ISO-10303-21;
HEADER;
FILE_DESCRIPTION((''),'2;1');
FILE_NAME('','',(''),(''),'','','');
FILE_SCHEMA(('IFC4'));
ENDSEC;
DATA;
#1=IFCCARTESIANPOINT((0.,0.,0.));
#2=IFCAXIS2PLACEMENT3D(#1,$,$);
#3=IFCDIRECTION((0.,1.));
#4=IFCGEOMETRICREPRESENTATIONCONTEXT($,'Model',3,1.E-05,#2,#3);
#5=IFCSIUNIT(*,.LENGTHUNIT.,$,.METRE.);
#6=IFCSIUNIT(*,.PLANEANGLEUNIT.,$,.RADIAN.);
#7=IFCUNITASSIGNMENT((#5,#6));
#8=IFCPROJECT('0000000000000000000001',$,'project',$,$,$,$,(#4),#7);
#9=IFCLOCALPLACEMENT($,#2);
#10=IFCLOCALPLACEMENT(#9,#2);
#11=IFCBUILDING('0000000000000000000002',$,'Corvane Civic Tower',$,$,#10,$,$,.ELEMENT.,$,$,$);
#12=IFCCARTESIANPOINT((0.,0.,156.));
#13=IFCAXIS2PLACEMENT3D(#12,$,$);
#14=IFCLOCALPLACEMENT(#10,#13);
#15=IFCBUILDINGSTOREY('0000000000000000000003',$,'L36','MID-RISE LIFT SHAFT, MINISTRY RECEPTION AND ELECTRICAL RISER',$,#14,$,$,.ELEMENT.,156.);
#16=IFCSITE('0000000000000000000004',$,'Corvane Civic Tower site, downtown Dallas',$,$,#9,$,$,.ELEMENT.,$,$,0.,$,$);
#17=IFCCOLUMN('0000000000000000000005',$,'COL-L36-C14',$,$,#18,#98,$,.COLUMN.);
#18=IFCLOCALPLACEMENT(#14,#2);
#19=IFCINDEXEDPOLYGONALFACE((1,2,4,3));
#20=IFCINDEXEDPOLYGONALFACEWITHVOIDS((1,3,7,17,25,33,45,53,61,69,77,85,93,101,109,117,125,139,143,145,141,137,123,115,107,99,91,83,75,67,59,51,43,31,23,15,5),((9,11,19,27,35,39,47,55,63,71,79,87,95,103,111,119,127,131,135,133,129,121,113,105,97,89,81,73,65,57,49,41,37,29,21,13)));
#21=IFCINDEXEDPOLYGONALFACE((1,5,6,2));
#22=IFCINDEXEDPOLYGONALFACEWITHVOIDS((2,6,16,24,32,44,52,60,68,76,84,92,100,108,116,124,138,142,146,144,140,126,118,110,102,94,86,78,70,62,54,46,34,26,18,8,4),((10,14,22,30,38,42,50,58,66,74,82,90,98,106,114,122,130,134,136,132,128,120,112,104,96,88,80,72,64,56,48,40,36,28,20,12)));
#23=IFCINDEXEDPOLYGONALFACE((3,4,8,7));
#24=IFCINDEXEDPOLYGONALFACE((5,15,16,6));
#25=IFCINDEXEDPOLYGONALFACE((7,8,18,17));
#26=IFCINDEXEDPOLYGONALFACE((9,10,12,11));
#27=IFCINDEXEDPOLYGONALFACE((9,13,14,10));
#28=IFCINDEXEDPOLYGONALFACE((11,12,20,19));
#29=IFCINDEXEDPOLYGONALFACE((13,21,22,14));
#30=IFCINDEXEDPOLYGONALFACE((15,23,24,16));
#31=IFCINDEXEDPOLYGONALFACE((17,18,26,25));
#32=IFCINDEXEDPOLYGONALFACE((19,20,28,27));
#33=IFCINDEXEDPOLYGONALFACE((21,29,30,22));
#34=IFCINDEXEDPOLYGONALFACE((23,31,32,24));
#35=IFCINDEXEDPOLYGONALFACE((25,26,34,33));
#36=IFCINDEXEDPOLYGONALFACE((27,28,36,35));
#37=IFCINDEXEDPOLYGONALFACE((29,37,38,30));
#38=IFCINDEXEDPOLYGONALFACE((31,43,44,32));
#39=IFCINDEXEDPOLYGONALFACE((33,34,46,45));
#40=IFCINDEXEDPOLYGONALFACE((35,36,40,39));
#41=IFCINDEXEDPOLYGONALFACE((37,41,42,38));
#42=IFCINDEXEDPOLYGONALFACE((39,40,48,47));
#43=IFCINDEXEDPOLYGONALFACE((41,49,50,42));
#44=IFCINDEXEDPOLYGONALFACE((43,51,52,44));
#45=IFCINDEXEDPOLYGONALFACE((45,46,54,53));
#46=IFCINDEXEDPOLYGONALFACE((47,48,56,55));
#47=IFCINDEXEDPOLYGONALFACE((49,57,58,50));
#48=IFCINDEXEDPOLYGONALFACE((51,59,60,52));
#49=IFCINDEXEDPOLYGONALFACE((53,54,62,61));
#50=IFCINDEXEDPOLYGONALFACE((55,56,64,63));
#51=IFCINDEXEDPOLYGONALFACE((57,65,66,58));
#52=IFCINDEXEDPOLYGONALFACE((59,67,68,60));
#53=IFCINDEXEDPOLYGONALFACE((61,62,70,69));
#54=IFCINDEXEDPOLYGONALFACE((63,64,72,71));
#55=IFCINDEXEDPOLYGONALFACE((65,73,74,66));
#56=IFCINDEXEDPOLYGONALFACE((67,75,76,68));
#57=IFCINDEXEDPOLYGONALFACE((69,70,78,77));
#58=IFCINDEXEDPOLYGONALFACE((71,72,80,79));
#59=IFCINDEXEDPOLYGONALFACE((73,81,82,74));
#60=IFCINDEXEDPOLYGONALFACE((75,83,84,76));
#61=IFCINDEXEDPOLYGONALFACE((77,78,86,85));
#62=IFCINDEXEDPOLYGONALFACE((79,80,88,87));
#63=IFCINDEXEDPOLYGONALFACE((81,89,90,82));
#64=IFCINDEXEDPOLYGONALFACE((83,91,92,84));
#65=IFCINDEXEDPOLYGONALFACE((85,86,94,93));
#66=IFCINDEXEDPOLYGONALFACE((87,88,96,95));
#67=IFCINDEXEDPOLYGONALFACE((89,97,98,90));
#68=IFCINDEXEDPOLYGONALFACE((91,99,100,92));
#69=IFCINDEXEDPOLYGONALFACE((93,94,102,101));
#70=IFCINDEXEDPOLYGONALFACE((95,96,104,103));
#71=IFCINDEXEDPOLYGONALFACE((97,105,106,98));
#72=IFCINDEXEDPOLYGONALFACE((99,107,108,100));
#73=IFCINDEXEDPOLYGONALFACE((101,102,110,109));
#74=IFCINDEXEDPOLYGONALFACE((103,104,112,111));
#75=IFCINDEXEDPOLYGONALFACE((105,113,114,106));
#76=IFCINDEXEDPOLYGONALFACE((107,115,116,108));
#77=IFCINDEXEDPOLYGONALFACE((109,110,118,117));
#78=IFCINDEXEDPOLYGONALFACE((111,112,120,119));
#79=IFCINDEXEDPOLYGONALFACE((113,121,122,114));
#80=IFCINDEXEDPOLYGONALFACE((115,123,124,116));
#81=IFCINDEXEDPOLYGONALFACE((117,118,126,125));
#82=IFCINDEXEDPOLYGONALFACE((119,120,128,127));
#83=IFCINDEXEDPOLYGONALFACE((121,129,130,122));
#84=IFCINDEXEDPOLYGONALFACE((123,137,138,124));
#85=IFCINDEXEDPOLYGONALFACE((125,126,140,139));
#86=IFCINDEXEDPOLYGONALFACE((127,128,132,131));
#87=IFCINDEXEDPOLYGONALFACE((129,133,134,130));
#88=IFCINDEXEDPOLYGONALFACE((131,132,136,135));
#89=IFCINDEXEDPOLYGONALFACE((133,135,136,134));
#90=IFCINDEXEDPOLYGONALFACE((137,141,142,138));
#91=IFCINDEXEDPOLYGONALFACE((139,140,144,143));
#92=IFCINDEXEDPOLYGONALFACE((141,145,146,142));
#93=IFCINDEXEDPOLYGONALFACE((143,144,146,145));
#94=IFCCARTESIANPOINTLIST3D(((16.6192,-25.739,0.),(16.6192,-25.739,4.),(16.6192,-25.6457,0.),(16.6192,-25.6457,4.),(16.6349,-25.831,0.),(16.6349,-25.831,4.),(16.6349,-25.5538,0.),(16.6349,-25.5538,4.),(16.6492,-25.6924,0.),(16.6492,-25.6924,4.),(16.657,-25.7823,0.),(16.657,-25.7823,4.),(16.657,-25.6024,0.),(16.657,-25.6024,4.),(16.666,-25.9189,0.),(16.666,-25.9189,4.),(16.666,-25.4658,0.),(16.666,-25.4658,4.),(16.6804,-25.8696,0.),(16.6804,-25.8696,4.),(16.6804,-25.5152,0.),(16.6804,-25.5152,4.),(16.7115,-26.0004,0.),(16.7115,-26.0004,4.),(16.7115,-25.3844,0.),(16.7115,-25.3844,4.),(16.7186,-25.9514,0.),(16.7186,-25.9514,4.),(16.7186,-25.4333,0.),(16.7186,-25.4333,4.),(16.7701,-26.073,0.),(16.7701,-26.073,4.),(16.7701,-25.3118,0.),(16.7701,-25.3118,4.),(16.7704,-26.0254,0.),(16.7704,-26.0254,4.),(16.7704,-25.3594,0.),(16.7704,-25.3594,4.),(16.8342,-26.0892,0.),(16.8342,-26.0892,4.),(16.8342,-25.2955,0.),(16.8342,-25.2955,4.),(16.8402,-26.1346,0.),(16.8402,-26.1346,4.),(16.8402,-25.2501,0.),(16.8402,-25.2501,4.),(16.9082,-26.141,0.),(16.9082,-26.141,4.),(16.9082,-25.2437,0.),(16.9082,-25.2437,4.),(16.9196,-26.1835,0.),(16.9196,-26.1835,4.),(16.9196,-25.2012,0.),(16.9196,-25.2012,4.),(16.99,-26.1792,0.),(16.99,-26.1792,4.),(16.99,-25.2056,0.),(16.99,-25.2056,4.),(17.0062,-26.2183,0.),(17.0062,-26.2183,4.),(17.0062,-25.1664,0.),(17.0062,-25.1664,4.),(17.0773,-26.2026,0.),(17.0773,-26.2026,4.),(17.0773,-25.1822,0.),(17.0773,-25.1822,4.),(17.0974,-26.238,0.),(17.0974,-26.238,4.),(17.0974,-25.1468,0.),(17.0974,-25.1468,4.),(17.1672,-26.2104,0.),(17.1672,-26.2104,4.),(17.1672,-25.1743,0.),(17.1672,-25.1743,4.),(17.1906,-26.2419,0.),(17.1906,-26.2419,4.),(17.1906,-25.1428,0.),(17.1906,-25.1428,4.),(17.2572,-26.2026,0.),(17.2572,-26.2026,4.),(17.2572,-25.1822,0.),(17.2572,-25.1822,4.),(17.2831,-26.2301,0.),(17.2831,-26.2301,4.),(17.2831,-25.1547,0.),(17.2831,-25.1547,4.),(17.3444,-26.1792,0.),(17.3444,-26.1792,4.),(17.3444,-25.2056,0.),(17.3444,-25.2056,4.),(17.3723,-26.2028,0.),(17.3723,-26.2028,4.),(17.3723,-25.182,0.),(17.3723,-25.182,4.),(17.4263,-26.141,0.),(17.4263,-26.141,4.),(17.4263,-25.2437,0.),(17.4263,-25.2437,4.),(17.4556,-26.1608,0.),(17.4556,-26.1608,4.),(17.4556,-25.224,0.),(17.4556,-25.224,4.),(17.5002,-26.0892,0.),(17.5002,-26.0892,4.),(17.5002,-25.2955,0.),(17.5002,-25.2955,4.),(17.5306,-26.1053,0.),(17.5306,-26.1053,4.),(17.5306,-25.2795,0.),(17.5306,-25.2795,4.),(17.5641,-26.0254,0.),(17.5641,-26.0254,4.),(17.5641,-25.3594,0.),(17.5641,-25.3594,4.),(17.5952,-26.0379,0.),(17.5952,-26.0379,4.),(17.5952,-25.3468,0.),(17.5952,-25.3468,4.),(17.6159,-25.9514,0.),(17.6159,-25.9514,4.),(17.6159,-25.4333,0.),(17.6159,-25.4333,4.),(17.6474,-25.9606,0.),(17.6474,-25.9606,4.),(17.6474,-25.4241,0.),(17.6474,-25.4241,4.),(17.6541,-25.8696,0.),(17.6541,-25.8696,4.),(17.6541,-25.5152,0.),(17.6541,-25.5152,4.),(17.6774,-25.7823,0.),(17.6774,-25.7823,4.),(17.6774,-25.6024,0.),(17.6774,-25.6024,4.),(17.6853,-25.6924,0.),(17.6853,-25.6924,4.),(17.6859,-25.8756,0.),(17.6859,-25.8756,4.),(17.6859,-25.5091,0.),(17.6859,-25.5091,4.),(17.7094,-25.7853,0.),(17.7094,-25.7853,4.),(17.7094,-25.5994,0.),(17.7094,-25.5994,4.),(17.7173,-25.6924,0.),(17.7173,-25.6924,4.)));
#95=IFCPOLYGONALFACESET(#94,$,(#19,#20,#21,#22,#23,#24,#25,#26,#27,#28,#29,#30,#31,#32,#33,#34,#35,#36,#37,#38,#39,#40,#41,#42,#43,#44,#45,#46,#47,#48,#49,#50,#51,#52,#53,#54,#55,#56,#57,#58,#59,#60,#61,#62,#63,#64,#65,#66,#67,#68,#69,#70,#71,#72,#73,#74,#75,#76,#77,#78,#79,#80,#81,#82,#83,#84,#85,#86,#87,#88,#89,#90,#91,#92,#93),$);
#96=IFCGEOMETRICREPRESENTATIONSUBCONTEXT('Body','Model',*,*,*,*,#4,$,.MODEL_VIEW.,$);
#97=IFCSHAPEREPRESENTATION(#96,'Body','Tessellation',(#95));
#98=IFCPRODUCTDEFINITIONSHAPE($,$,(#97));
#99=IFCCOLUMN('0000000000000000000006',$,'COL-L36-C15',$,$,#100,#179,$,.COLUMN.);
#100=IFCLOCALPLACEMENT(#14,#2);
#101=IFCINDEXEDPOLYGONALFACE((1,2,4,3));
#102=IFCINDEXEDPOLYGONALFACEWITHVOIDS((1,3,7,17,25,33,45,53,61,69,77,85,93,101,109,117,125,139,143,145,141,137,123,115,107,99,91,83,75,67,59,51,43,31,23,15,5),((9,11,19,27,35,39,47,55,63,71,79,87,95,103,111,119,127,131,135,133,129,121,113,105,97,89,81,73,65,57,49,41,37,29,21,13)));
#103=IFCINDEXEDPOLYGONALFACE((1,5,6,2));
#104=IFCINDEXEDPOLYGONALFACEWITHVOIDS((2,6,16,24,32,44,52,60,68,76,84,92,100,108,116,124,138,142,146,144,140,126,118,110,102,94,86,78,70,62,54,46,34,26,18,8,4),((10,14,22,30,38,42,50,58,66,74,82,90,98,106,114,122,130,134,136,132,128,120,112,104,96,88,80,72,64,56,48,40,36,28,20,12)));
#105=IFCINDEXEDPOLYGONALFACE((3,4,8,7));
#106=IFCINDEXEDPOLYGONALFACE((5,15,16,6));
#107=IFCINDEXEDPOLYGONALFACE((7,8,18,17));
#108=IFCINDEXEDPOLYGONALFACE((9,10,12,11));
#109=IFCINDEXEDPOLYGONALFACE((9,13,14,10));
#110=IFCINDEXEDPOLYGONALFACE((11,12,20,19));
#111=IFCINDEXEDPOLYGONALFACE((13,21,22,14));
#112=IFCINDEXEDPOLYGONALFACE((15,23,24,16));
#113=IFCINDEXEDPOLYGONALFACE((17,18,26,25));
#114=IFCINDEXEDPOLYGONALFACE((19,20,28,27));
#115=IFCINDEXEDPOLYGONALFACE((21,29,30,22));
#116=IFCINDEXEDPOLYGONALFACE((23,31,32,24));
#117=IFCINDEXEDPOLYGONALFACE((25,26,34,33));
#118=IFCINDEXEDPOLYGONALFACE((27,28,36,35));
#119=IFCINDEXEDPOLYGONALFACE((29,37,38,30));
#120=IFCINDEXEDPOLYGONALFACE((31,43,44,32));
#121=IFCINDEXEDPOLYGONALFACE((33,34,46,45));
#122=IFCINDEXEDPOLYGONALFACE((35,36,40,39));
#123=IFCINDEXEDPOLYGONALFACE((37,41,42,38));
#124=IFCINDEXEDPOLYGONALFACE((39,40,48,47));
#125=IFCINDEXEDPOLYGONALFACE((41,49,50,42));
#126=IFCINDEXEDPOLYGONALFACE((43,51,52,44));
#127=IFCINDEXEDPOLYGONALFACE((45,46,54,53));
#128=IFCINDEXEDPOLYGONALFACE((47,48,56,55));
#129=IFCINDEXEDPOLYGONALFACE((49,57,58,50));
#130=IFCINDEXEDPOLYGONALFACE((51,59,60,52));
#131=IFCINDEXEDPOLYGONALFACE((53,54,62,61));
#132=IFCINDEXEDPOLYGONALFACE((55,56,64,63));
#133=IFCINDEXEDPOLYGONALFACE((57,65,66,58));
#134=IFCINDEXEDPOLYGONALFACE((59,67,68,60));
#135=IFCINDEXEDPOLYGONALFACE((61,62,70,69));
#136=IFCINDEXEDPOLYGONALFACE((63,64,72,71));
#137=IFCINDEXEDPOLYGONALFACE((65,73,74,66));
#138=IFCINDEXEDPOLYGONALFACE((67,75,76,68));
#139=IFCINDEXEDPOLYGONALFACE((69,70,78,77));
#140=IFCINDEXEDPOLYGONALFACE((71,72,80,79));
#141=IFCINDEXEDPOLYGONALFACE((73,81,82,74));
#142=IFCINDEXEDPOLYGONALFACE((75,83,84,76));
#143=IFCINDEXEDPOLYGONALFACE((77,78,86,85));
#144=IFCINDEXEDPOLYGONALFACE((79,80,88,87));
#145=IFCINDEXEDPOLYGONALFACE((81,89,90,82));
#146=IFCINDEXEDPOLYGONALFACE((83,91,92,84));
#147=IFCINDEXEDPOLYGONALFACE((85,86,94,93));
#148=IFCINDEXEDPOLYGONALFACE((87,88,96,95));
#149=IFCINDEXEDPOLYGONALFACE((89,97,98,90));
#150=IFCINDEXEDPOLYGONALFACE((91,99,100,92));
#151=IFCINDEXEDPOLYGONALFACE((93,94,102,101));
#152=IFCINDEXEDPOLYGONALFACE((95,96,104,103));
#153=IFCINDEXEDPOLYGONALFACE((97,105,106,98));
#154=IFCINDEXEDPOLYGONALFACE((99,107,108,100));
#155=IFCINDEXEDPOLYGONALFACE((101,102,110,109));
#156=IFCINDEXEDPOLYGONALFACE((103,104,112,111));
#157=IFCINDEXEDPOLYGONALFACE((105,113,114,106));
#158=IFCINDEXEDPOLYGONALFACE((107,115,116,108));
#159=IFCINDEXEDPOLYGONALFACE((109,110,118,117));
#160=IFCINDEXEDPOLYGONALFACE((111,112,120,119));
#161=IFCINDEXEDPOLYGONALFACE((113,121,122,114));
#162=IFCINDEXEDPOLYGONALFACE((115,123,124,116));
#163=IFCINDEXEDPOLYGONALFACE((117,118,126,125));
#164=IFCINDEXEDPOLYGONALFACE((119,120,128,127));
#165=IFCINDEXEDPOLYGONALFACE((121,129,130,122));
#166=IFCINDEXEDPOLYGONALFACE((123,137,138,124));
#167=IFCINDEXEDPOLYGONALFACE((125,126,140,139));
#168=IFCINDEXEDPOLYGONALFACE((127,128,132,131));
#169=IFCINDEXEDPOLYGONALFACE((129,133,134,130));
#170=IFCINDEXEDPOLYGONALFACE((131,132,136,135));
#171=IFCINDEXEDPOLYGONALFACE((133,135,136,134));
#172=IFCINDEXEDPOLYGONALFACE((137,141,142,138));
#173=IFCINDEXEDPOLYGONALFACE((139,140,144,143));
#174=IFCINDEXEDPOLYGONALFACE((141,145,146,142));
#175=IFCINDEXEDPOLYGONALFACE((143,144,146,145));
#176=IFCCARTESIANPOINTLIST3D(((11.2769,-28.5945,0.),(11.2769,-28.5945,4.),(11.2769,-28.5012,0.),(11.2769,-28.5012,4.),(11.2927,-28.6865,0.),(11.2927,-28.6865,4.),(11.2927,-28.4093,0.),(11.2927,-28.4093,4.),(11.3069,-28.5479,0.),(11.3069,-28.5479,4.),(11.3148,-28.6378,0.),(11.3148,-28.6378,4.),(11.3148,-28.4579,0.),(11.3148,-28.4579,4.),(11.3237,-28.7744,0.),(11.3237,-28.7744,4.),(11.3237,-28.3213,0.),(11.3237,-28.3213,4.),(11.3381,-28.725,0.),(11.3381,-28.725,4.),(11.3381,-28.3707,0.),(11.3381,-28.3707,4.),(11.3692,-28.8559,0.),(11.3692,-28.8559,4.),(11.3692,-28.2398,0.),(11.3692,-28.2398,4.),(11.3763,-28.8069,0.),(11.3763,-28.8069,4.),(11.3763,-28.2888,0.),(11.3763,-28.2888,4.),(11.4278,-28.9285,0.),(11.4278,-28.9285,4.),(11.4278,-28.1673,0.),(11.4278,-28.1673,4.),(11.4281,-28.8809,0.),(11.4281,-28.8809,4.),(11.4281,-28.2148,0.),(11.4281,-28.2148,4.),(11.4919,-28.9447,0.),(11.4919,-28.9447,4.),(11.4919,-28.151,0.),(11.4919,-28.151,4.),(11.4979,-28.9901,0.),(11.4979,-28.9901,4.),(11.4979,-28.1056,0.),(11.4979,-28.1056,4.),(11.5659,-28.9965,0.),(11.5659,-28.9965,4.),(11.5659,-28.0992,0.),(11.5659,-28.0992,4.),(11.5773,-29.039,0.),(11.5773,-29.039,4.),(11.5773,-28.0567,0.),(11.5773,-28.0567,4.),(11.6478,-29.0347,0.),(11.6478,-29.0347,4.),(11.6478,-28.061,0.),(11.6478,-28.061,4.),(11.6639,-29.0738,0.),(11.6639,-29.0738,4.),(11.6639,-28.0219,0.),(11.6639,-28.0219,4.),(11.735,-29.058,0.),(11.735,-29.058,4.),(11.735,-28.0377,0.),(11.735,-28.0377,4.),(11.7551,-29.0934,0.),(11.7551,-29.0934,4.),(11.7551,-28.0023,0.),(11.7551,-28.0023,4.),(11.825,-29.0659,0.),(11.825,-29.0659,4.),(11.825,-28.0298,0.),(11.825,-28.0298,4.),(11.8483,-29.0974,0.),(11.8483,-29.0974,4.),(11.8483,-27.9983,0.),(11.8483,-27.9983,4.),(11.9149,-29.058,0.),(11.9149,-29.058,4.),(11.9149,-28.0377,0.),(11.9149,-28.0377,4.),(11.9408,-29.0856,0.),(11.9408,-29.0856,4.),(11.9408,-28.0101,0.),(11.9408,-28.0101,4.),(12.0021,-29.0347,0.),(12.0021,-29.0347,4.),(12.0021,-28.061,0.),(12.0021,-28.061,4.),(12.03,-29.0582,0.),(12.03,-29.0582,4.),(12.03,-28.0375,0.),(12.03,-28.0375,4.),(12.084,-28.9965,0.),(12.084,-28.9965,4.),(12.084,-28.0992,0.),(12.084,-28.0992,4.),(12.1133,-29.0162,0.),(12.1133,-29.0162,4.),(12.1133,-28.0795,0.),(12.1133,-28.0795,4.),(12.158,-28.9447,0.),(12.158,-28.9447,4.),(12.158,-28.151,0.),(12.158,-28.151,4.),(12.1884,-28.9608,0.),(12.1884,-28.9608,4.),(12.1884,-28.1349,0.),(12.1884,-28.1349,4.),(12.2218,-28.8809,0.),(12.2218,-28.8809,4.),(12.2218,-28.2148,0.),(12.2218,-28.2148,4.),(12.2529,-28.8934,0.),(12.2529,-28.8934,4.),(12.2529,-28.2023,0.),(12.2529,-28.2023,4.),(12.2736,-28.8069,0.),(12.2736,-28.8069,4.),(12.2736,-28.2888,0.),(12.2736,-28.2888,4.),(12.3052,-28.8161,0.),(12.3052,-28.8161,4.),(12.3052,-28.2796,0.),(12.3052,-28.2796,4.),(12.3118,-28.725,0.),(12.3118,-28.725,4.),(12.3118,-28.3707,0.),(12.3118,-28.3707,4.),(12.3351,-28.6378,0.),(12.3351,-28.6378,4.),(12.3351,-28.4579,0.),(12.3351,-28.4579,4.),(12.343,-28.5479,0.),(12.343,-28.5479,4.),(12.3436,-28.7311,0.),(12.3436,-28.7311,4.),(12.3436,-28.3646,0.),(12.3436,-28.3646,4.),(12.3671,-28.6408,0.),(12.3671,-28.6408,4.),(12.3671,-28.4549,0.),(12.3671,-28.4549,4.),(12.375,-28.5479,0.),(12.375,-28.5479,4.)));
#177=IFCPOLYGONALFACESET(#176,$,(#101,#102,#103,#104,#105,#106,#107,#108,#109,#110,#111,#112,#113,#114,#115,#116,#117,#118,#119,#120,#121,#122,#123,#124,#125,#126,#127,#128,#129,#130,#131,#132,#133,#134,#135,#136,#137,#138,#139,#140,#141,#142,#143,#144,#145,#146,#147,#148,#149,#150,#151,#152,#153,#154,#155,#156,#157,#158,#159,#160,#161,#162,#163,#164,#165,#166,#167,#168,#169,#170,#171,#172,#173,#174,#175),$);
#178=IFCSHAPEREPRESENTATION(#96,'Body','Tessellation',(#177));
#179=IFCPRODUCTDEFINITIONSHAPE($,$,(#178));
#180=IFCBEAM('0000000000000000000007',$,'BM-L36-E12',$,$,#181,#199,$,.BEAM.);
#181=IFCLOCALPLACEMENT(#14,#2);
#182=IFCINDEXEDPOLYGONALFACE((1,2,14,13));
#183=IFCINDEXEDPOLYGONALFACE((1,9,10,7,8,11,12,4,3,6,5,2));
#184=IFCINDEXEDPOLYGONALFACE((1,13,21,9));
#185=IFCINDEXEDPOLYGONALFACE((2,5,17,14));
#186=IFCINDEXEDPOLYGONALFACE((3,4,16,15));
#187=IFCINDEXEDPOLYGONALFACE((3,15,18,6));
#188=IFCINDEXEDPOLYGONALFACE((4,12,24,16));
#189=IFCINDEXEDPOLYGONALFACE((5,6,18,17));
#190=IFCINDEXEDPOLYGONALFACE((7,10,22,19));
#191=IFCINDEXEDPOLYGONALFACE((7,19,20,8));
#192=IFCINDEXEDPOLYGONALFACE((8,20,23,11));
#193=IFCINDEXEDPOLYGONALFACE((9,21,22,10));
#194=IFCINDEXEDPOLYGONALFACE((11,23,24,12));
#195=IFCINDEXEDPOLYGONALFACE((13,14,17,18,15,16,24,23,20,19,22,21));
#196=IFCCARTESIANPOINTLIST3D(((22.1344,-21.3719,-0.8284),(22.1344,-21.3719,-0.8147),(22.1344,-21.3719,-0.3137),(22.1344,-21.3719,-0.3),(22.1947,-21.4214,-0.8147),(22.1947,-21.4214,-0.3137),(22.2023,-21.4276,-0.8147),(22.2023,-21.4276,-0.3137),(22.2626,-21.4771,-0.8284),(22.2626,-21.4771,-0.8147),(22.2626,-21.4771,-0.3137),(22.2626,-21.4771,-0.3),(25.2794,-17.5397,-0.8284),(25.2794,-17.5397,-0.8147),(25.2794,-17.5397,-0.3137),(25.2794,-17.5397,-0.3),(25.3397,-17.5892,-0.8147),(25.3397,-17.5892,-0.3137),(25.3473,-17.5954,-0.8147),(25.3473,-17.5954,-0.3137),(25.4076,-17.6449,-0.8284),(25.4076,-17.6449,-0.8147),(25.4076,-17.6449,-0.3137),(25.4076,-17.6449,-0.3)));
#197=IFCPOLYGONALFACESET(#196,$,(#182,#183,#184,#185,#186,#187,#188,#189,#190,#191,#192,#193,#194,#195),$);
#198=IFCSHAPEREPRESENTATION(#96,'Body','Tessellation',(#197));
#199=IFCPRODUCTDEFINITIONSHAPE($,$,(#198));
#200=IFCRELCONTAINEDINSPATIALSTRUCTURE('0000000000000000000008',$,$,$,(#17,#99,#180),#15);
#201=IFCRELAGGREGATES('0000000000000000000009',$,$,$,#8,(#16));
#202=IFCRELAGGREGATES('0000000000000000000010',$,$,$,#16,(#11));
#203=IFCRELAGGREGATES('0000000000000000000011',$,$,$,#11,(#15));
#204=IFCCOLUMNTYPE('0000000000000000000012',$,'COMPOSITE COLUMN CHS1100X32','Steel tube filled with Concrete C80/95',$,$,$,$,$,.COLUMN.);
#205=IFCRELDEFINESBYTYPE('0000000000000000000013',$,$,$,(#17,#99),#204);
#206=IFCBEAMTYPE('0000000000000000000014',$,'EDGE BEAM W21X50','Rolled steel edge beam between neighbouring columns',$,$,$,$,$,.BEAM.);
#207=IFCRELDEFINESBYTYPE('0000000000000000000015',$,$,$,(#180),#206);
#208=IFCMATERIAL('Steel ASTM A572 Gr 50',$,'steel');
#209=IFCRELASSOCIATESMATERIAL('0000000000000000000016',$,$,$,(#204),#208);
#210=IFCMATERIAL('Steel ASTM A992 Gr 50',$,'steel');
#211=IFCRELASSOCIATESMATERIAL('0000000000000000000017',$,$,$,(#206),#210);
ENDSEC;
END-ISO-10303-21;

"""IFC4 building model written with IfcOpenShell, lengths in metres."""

from ifc_helpers import new_model, si_unit, direction, frame, origin, origin_2d, place, context, subcontext, project, spatial, hollow_circle, i_section, extrude, material, material_profile, profile_set, type_object, element, save


model = new_model("IFC4")

# Units and contexts
model_context = context("Model", 3, precision=1e-05, world=origin(), true_north=direction((0.0, 1.0)))
body_context = subcontext(model_context, "Body", "Model", "MODEL_VIEW")
ifc_project = project(units=[si_unit("LENGTHUNIT", "METRE"), si_unit("PLANEANGLEUNIT", "RADIAN")], contexts=[model_context])

# Site, building, storey
site_placement = place(None, origin())
site = spatial("IfcSite", under=ifc_project, at=site_placement, Name="Corvane Civic Tower site, downtown Dallas", CompositionType="ELEMENT", RefElevation=0.0)
building_placement = place(site_placement, origin())
building = spatial("IfcBuilding", under=site, at=building_placement, Name="Corvane Civic Tower", CompositionType="ELEMENT")
storey_placement = place(building_placement, frame((0.0, 0.0, 156.0)))
storey = spatial("IfcBuildingStorey", under=building, at=storey_placement, Name="L36", Description="MID-RISE LIFT SHAFT, MINISTRY RECEPTION AND ELECTRICAL RISER", CompositionType="ELEMENT", Elevation=156.0)

# Columns
ifc_material_1 = material(Name="Steel ASTM A572 Gr 50", Category="steel")
ifc_material_profile_1 = material_profile(ifc_material_1, hollow_circle(Radius=0.55, WallThickness=0.032, at=origin_2d()), Name="CHS1100X32")
ifc_profile_set_1 = profile_set([ifc_material_profile_1], Name="Steel ASTM A572 Gr 50")
column_type = type_object("IfcColumnType", Name="COMPOSITE COLUMN CHS1100X32", Description="Steel tube filled with Concrete C80/95", PredefinedType="COLUMN", material=ifc_profile_set_1)
for number, where, z_axis, x_axis, name in (
    (1, (17.1672, -25.6924, 0.0), (0.0, 0.0, 1.0), (1.0, 0.0, 0.0), "COL-L36-C14"),
    (2, (11.825, -28.5479, 0.0), (0.0, 0.0, 1.0), (1.0, 0.0, 0.0), "COL-L36-C15"),
):
    element("IfcColumn", number, at=place(storey_placement, frame(where, z_axis=z_axis, x_axis=x_axis)), inside=storey, type_object=column_type, Name=name, PredefinedType="COLUMN", context=body_context, shape_type="SweptSolid", body=[
        extrude(hollow_circle(Radius=0.55, WallThickness=0.032, at=origin_2d()), origin(), (0.0, 0.0, 1.0), 4.0),
    ])

# Beam
ifc_material_2 = material(Name="Steel ASTM A992 Gr 50", Category="steel")
ifc_material_profile_2 = material_profile(ifc_material_2, i_section(OverallWidth=0.1658, OverallDepth=0.5283, WebThickness=0.0098, FlangeThickness=0.0137, at=origin_2d()), Name="W21X50")
ifc_profile_set_2 = profile_set([ifc_material_profile_2], Name="Steel ASTM A992 Gr 50")
beam_type_1 = type_object("IfcBeamType", Name="EDGE BEAM W21X50", Description="Rolled steel edge beam between neighbouring columns", PredefinedType="BEAM", material=ifc_profile_set_2)
for number, where, z_axis, x_axis, name in (
    (3, (25.3435, -17.5923, -0.5642), (-0.634388, -0.773015, 0.0), (0.773015, -0.634388, 0.0), "BM-L36-E12"),
):
    element("IfcBeam", number, at=place(storey_placement, frame(where, z_axis=z_axis, x_axis=x_axis)), inside=storey, type_object=beam_type_1, Name=name, PredefinedType="BEAM", context=body_context, shape_type="SweptSolid", body=[
        extrude(i_section(OverallWidth=0.1658, OverallDepth=0.5283, WebThickness=0.0098, FlangeThickness=0.0137, at=origin_2d()), origin(), (0.0, 0.0, 1.0), 4.9575),
    ])

save(model, "model.ifc")
